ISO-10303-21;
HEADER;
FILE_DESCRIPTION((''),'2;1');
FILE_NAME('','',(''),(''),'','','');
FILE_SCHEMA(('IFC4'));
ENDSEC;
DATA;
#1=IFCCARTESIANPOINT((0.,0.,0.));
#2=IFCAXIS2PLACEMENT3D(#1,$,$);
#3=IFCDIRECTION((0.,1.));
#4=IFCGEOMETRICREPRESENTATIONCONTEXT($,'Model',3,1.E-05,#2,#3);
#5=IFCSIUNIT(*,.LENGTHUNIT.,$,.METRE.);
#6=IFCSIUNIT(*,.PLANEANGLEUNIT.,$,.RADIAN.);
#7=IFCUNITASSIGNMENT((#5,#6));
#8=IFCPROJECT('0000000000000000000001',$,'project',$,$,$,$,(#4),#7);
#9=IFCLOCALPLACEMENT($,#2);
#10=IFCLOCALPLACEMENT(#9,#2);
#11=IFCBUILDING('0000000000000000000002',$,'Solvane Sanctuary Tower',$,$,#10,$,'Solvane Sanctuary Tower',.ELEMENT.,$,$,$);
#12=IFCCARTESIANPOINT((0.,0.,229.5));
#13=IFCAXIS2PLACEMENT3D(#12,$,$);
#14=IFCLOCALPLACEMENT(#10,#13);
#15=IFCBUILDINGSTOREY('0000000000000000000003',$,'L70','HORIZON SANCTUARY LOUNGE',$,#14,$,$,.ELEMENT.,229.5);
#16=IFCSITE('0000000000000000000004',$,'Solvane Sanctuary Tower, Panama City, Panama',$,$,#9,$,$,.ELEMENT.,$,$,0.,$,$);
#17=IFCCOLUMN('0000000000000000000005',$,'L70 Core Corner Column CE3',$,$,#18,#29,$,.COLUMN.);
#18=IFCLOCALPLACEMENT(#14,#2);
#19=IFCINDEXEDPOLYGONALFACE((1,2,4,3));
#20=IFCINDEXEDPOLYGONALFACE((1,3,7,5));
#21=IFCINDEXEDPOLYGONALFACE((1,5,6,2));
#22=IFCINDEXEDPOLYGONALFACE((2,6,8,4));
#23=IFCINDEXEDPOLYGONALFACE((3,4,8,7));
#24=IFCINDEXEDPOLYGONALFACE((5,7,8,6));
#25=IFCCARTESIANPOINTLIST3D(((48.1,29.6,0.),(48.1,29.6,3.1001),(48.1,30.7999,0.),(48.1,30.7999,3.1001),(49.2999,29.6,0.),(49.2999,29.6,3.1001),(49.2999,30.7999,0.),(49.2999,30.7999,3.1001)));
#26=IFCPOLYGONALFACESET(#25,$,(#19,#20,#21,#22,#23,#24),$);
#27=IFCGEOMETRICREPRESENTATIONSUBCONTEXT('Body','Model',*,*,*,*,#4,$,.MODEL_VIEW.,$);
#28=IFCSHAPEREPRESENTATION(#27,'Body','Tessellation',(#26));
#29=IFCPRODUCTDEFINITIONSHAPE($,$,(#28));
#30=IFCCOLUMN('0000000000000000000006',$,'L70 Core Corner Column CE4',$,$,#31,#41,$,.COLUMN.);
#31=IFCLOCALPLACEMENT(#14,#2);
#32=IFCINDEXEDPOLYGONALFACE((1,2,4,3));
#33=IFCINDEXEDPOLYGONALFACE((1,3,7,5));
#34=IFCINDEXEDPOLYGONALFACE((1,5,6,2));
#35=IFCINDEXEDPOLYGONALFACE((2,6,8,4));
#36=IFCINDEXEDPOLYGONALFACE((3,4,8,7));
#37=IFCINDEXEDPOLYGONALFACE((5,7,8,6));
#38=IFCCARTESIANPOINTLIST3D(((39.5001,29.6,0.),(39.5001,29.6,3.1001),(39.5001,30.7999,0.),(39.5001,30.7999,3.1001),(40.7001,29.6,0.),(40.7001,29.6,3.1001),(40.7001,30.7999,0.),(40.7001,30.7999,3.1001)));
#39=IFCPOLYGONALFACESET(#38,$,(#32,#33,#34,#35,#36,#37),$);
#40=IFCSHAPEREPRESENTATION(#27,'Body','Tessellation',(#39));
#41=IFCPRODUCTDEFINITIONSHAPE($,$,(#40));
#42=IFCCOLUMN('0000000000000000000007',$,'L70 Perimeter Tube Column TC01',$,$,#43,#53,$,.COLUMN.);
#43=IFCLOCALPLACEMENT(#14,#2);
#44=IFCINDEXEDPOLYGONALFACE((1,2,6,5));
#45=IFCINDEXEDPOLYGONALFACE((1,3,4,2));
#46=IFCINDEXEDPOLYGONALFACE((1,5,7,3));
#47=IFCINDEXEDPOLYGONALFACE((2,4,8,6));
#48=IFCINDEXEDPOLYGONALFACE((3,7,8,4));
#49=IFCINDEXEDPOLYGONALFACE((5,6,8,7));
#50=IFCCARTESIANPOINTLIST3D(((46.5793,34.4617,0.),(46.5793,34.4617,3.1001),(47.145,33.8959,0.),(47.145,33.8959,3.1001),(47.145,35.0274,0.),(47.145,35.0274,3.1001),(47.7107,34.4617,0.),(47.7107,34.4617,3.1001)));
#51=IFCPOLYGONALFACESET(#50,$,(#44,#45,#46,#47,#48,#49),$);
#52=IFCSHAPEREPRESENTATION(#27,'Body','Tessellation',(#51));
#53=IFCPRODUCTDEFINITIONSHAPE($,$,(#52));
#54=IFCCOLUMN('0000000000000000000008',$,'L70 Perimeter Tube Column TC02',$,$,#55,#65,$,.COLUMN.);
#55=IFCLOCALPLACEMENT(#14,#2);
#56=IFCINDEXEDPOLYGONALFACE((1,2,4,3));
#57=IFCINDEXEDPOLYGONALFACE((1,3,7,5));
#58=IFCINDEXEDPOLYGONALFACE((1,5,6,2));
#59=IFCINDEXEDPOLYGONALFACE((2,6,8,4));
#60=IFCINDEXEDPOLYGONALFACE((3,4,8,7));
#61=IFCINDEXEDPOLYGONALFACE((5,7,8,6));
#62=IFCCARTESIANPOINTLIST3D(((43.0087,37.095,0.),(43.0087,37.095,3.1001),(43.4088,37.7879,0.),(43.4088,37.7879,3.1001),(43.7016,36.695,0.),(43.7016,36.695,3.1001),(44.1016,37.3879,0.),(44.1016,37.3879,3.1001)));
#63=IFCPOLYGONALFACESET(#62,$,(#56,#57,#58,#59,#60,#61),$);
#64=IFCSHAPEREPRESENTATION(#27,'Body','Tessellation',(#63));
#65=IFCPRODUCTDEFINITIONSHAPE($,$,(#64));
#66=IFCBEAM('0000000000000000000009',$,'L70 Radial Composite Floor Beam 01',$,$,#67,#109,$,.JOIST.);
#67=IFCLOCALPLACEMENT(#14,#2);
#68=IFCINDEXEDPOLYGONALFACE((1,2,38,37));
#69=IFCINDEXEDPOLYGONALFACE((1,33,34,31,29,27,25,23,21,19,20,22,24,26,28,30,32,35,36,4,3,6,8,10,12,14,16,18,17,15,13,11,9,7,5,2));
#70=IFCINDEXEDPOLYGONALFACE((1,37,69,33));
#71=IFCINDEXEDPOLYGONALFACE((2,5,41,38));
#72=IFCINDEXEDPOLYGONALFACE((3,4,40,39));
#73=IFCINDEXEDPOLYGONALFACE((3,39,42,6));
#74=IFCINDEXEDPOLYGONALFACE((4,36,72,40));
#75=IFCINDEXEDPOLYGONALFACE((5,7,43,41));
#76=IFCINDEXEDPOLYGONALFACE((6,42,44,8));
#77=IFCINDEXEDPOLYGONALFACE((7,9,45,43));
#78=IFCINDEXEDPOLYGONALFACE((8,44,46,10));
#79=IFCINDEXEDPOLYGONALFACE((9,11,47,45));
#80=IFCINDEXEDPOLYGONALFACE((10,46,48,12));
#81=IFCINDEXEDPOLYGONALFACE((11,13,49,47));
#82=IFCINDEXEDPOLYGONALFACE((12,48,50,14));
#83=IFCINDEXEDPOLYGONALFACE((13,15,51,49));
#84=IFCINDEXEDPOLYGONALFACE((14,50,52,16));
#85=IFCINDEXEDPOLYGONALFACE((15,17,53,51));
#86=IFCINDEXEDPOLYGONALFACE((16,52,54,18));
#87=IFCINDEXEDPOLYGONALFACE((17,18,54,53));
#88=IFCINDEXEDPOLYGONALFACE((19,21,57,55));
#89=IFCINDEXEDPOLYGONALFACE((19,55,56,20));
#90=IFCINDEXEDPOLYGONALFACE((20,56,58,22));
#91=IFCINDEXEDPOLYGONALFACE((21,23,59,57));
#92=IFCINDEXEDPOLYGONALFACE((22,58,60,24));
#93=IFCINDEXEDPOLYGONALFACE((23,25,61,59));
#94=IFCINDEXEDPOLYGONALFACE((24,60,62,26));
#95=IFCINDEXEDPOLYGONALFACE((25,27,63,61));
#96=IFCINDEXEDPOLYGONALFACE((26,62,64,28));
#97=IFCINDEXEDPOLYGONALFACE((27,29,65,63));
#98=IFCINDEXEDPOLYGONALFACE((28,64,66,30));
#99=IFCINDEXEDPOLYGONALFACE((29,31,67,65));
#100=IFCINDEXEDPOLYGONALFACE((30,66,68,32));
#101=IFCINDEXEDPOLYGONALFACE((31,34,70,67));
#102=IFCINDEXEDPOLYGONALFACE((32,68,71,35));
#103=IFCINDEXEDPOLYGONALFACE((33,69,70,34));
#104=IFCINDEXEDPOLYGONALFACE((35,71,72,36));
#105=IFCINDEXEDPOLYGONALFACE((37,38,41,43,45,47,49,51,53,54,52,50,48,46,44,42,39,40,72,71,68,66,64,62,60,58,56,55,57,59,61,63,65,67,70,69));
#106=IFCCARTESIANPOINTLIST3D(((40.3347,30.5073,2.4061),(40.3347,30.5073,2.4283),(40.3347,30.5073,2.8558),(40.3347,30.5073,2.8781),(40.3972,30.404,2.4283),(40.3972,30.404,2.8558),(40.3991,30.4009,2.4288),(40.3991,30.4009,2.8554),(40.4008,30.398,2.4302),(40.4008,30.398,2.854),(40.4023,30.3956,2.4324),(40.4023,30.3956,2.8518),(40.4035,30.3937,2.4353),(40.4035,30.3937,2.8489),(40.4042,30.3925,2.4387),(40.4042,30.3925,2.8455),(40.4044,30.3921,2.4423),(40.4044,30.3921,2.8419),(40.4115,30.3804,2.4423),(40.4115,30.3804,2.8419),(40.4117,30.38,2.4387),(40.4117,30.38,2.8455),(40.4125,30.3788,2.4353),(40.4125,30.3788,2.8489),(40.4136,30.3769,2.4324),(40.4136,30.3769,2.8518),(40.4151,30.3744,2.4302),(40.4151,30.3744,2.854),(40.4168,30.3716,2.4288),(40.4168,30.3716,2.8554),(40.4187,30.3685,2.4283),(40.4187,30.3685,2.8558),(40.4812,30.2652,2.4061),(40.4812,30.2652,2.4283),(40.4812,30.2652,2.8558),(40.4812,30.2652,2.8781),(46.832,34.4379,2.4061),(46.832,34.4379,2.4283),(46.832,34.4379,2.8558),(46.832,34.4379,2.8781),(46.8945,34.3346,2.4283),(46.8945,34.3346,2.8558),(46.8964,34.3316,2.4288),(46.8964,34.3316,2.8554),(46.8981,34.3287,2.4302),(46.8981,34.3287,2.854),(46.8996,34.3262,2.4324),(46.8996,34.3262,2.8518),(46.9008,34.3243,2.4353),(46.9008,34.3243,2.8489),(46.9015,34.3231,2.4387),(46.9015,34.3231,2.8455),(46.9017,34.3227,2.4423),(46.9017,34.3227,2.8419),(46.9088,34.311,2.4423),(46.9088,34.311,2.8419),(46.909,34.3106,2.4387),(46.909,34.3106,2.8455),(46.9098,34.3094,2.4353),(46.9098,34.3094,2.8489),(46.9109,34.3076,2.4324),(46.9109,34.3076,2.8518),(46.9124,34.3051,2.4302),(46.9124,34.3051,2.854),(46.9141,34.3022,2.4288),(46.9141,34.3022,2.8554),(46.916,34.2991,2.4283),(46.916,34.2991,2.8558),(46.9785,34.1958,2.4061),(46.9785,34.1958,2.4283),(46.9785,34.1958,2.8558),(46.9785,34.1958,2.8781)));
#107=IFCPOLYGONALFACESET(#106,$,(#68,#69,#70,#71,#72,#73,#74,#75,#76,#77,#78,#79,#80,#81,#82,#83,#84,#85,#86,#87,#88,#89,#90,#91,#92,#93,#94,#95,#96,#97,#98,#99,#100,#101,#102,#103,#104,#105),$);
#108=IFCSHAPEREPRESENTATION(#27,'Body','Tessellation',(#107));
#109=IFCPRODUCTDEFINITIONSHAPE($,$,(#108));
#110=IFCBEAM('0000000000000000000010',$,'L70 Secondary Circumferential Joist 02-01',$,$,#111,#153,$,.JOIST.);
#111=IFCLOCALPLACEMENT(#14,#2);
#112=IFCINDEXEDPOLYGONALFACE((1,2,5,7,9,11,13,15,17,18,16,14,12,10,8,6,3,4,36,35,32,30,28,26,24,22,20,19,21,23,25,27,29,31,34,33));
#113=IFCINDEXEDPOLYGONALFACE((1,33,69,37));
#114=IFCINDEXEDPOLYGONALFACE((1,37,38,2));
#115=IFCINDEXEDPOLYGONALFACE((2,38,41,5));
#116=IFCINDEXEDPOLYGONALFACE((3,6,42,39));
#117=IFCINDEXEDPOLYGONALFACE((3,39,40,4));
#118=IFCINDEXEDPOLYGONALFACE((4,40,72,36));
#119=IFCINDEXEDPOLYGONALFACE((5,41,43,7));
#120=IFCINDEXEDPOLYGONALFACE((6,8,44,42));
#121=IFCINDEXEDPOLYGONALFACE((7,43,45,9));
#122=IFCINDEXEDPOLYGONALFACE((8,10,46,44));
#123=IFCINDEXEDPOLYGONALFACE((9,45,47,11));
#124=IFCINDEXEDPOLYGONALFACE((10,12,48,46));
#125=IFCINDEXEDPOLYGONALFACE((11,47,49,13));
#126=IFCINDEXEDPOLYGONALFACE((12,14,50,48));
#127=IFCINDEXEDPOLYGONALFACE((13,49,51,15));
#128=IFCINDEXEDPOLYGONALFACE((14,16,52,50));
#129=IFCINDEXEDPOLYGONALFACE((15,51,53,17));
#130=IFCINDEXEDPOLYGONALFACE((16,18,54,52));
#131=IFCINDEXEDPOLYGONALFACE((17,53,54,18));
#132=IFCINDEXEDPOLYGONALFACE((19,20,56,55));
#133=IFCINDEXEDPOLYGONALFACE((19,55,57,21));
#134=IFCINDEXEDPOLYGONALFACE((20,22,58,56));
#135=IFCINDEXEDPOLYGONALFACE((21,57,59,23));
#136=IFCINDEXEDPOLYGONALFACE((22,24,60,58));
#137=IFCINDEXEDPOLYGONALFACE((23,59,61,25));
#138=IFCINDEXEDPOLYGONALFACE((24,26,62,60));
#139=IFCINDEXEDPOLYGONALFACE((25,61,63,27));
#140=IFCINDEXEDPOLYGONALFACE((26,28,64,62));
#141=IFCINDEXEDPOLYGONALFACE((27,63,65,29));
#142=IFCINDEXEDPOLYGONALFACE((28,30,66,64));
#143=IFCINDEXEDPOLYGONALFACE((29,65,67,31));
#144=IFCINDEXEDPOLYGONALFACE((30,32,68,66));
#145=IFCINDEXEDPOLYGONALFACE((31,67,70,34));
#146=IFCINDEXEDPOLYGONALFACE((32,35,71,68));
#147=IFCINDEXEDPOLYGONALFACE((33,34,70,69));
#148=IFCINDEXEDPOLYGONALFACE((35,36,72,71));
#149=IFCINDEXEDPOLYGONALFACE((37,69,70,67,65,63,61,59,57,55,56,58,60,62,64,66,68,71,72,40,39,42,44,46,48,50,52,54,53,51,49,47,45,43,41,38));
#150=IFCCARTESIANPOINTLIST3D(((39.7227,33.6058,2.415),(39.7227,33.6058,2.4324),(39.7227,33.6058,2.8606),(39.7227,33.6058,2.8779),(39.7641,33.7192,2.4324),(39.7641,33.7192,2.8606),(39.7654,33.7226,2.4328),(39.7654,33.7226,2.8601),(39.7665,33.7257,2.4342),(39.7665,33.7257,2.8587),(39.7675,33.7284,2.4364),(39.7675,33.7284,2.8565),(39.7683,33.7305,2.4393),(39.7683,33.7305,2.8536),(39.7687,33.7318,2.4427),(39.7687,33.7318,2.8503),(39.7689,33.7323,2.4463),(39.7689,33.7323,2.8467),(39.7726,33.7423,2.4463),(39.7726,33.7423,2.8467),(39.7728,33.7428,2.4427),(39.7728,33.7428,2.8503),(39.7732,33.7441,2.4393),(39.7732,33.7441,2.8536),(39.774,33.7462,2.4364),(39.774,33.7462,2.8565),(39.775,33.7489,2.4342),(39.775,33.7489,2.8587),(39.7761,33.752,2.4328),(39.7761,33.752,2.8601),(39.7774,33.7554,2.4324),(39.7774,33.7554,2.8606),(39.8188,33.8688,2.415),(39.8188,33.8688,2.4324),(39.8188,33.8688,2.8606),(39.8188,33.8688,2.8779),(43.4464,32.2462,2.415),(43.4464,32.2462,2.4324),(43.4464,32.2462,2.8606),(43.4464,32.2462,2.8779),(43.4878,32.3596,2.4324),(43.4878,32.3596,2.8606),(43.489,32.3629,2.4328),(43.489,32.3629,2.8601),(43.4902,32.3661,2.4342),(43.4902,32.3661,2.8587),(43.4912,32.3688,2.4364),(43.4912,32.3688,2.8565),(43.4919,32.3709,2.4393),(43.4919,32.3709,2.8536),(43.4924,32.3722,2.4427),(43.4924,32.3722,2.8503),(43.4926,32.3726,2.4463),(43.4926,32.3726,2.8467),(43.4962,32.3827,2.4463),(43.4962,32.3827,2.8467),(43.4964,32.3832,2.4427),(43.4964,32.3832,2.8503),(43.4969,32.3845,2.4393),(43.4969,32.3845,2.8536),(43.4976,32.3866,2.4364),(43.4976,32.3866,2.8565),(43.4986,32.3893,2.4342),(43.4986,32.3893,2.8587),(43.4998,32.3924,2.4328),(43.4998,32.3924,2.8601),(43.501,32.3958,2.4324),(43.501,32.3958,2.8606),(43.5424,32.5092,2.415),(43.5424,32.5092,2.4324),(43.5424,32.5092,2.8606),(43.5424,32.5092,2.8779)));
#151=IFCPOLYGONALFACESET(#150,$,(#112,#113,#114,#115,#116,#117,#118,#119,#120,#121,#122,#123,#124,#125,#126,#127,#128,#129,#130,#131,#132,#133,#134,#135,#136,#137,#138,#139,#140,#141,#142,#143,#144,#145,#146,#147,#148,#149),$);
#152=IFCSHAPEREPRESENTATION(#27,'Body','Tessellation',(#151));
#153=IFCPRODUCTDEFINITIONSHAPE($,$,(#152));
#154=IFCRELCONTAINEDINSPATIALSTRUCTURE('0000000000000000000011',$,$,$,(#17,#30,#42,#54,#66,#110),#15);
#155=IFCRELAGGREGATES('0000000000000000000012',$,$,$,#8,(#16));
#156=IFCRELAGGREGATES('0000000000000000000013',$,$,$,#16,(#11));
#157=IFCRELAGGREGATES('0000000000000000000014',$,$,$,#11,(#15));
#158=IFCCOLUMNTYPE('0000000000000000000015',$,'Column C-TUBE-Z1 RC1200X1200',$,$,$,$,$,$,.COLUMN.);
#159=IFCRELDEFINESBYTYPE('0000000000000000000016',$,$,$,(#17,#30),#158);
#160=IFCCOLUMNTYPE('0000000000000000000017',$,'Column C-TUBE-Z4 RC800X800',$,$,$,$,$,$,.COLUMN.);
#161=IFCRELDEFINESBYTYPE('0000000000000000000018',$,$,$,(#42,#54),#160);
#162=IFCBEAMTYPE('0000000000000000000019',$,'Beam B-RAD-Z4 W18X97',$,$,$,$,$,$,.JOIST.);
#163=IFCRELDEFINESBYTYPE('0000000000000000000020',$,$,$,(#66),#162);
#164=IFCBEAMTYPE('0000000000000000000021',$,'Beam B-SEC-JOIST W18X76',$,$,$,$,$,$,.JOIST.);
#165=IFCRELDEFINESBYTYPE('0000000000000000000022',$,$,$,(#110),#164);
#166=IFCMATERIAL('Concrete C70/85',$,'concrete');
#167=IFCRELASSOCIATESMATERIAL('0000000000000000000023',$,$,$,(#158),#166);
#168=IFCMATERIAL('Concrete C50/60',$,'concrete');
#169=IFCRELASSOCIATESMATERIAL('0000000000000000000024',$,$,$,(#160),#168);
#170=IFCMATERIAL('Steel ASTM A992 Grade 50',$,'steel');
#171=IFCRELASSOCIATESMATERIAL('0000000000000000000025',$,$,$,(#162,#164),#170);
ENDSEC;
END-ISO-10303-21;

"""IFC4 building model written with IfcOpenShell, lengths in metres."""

from ifc_helpers import new_model, si_unit, direction, frame, origin, origin_2d, place, context, subcontext, project, spatial, rectangle, i_section, extrude, material, material_profile, profile_set, type_object, element, save


model = new_model("IFC4")

# Units and contexts
model_context = context("Model", 3, precision=1e-05, world=origin(), true_north=direction((0.0, 1.0)))
body_context = subcontext(model_context, "Body", "Model", "MODEL_VIEW")
ifc_project = project(units=[si_unit("LENGTHUNIT", "METRE"), si_unit("PLANEANGLEUNIT", "RADIAN")], contexts=[model_context])

# Site, building, storey
site_placement = place(None, origin())
site = spatial("IfcSite", under=ifc_project, at=site_placement, Name="Solvane Sanctuary Tower, Panama City, Panama", CompositionType="ELEMENT", RefElevation=0.0)
building_placement = place(site_placement, origin())
building = spatial("IfcBuilding", under=site, at=building_placement, Name="Solvane Sanctuary Tower", LongName="Solvane Sanctuary Tower", CompositionType="ELEMENT")
storey_placement = place(building_placement, frame((0.0, 0.0, 229.5)))
storey = spatial("IfcBuildingStorey", under=building, at=storey_placement, Name="L70", Description="HORIZON SANCTUARY LOUNGE", CompositionType="ELEMENT", Elevation=229.5)

# Columns
ifc_material_1 = material(Name="Concrete C70/85", Category="concrete")
ifc_material_profile_1 = material_profile(ifc_material_1, rectangle(XDim=1.2, YDim=1.2, at=origin_2d()), Name="RC1200X1200")
ifc_profile_set_1 = profile_set([ifc_material_profile_1], Name="Concrete C70/85")
column_type_1 = type_object("IfcColumnType", Name="Column C-TUBE-Z1 RC1200X1200", PredefinedType="COLUMN", material=ifc_profile_set_1)
for number, where, z_axis, x_axis, name in (
    (1, (48.7, 30.2, 0.0), (0.0, 0.0, 1.0), (1.0, 0.0, 0.0), "L70 Core Corner Column CE3"),
    (2, (40.1001, 30.2, 0.0), (0.0, 0.0, 1.0), (1.0, 0.0, 0.0), "L70 Core Corner Column CE4"),
):
    element("IfcColumn", number, at=place(storey_placement, frame(where, z_axis=z_axis, x_axis=x_axis)), inside=storey, type_object=column_type_1, Name=name, PredefinedType="COLUMN", context=body_context, shape_type="SweptSolid", body=[
        extrude(rectangle(XDim=1.2, YDim=1.2, at=origin_2d()), origin(), (0.0, 0.0, 1.0), 3.1001),
    ])
ifc_material_2 = material(Name="Concrete C50/60", Category="concrete")
ifc_material_profile_2 = material_profile(ifc_material_2, rectangle(XDim=0.8, YDim=0.8, at=origin_2d()), Name="RC800X800")
ifc_profile_set_2 = profile_set([ifc_material_profile_2], Name="Concrete C50/60")
column_type_2 = type_object("IfcColumnType", Name="Column C-TUBE-Z4 RC800X800", PredefinedType="COLUMN", material=ifc_profile_set_2)
for number, where, z_axis, x_axis, name in (
    (3, (47.145, 34.4617, 0.0), (0.0, 0.0, 1.0), (0.707107, 0.707107, 0.0), "L70 Perimeter Tube Column TC01"),
    (4, (43.5552, 37.2415, 0.0), (0.0, 0.0, 1.0), (0.5, 0.866025, 0.0), "L70 Perimeter Tube Column TC02"),
):
    element("IfcColumn", number, at=place(storey_placement, frame(where, z_axis=z_axis, x_axis=x_axis)), inside=storey, type_object=column_type_2, Name=name, PredefinedType="COLUMN", context=body_context, shape_type="SweptSolid", body=[
        extrude(rectangle(XDim=0.8, YDim=0.8, at=origin_2d()), origin(), (0.0, 0.0, 1.0), 3.1001),
    ])

# Beams
ifc_material_3 = material(Name="Steel ASTM A992 Grade 50", Category="steel")
ifc_material_profile_3 = material_profile(ifc_material_3, i_section(OverallWidth=0.283, OverallDepth=0.4719, WebThickness=0.0137, FlangeThickness=0.0222, FilletRadius=0.0139, at=origin_2d()), Name="W18X97")
ifc_profile_set_3 = profile_set([ifc_material_profile_3], Name="Steel ASTM A992 Grade 50")
beam_type_1 = type_object("IfcBeamType", Name="Beam B-RAD-Z4 W18X97", PredefinedType="JOIST", material=ifc_profile_set_3)
beam_1_placement = place(storey_placement, frame((40.408, 30.3862, 2.6421), z_axis=(0.855612, 0.517618, 0.0), x_axis=(-0.517618, 0.855612, 0.0)))
element("IfcBeam", 5, at=beam_1_placement, inside=storey, type_object=beam_type_1, Name="L70 Radial Composite Floor Beam 01", PredefinedType="JOIST", context=body_context, shape_type="SweptSolid", body=[
    extrude(i_section(OverallWidth=0.283, OverallDepth=0.4719, WebThickness=0.0137, FlangeThickness=0.0222, FilletRadius=0.0139, at=origin_2d()), origin(), (0.0, 0.0, 1.0), 7.5938),
])
ifc_material_profile_4 = material_profile(ifc_material_3, i_section(OverallWidth=0.28, OverallDepth=0.4629, WebThickness=0.0107, FlangeThickness=0.0173, FilletRadius=0.0139, at=origin_2d()), Name="W18X76")
ifc_profile_set_4 = profile_set([ifc_material_profile_4], Name="Steel ASTM A992 Grade 50")
beam_type_2 = type_object("IfcBeamType", Name="Beam B-SEC-JOIST W18X76", PredefinedType="JOIST", material=ifc_profile_set_4)
beam_2_placement = place(storey_placement, frame((39.7708, 33.7373, 2.6465), z_axis=(0.939341, -0.342984, 0.0), x_axis=(0.342984, 0.939341, 0.0)))
element("IfcBeam", 6, at=beam_2_placement, inside=storey, type_object=beam_type_2, Name="L70 Secondary Circumferential Joist 02-01", PredefinedType="JOIST", context=body_context, shape_type="SweptSolid", body=[
    extrude(i_section(OverallWidth=0.28, OverallDepth=0.4629, WebThickness=0.0107, FlangeThickness=0.0173, FilletRadius=0.0139, at=origin_2d()), origin(), (0.0, 0.0, 1.0), 3.9641),
])

save(model, "model.ifc")
